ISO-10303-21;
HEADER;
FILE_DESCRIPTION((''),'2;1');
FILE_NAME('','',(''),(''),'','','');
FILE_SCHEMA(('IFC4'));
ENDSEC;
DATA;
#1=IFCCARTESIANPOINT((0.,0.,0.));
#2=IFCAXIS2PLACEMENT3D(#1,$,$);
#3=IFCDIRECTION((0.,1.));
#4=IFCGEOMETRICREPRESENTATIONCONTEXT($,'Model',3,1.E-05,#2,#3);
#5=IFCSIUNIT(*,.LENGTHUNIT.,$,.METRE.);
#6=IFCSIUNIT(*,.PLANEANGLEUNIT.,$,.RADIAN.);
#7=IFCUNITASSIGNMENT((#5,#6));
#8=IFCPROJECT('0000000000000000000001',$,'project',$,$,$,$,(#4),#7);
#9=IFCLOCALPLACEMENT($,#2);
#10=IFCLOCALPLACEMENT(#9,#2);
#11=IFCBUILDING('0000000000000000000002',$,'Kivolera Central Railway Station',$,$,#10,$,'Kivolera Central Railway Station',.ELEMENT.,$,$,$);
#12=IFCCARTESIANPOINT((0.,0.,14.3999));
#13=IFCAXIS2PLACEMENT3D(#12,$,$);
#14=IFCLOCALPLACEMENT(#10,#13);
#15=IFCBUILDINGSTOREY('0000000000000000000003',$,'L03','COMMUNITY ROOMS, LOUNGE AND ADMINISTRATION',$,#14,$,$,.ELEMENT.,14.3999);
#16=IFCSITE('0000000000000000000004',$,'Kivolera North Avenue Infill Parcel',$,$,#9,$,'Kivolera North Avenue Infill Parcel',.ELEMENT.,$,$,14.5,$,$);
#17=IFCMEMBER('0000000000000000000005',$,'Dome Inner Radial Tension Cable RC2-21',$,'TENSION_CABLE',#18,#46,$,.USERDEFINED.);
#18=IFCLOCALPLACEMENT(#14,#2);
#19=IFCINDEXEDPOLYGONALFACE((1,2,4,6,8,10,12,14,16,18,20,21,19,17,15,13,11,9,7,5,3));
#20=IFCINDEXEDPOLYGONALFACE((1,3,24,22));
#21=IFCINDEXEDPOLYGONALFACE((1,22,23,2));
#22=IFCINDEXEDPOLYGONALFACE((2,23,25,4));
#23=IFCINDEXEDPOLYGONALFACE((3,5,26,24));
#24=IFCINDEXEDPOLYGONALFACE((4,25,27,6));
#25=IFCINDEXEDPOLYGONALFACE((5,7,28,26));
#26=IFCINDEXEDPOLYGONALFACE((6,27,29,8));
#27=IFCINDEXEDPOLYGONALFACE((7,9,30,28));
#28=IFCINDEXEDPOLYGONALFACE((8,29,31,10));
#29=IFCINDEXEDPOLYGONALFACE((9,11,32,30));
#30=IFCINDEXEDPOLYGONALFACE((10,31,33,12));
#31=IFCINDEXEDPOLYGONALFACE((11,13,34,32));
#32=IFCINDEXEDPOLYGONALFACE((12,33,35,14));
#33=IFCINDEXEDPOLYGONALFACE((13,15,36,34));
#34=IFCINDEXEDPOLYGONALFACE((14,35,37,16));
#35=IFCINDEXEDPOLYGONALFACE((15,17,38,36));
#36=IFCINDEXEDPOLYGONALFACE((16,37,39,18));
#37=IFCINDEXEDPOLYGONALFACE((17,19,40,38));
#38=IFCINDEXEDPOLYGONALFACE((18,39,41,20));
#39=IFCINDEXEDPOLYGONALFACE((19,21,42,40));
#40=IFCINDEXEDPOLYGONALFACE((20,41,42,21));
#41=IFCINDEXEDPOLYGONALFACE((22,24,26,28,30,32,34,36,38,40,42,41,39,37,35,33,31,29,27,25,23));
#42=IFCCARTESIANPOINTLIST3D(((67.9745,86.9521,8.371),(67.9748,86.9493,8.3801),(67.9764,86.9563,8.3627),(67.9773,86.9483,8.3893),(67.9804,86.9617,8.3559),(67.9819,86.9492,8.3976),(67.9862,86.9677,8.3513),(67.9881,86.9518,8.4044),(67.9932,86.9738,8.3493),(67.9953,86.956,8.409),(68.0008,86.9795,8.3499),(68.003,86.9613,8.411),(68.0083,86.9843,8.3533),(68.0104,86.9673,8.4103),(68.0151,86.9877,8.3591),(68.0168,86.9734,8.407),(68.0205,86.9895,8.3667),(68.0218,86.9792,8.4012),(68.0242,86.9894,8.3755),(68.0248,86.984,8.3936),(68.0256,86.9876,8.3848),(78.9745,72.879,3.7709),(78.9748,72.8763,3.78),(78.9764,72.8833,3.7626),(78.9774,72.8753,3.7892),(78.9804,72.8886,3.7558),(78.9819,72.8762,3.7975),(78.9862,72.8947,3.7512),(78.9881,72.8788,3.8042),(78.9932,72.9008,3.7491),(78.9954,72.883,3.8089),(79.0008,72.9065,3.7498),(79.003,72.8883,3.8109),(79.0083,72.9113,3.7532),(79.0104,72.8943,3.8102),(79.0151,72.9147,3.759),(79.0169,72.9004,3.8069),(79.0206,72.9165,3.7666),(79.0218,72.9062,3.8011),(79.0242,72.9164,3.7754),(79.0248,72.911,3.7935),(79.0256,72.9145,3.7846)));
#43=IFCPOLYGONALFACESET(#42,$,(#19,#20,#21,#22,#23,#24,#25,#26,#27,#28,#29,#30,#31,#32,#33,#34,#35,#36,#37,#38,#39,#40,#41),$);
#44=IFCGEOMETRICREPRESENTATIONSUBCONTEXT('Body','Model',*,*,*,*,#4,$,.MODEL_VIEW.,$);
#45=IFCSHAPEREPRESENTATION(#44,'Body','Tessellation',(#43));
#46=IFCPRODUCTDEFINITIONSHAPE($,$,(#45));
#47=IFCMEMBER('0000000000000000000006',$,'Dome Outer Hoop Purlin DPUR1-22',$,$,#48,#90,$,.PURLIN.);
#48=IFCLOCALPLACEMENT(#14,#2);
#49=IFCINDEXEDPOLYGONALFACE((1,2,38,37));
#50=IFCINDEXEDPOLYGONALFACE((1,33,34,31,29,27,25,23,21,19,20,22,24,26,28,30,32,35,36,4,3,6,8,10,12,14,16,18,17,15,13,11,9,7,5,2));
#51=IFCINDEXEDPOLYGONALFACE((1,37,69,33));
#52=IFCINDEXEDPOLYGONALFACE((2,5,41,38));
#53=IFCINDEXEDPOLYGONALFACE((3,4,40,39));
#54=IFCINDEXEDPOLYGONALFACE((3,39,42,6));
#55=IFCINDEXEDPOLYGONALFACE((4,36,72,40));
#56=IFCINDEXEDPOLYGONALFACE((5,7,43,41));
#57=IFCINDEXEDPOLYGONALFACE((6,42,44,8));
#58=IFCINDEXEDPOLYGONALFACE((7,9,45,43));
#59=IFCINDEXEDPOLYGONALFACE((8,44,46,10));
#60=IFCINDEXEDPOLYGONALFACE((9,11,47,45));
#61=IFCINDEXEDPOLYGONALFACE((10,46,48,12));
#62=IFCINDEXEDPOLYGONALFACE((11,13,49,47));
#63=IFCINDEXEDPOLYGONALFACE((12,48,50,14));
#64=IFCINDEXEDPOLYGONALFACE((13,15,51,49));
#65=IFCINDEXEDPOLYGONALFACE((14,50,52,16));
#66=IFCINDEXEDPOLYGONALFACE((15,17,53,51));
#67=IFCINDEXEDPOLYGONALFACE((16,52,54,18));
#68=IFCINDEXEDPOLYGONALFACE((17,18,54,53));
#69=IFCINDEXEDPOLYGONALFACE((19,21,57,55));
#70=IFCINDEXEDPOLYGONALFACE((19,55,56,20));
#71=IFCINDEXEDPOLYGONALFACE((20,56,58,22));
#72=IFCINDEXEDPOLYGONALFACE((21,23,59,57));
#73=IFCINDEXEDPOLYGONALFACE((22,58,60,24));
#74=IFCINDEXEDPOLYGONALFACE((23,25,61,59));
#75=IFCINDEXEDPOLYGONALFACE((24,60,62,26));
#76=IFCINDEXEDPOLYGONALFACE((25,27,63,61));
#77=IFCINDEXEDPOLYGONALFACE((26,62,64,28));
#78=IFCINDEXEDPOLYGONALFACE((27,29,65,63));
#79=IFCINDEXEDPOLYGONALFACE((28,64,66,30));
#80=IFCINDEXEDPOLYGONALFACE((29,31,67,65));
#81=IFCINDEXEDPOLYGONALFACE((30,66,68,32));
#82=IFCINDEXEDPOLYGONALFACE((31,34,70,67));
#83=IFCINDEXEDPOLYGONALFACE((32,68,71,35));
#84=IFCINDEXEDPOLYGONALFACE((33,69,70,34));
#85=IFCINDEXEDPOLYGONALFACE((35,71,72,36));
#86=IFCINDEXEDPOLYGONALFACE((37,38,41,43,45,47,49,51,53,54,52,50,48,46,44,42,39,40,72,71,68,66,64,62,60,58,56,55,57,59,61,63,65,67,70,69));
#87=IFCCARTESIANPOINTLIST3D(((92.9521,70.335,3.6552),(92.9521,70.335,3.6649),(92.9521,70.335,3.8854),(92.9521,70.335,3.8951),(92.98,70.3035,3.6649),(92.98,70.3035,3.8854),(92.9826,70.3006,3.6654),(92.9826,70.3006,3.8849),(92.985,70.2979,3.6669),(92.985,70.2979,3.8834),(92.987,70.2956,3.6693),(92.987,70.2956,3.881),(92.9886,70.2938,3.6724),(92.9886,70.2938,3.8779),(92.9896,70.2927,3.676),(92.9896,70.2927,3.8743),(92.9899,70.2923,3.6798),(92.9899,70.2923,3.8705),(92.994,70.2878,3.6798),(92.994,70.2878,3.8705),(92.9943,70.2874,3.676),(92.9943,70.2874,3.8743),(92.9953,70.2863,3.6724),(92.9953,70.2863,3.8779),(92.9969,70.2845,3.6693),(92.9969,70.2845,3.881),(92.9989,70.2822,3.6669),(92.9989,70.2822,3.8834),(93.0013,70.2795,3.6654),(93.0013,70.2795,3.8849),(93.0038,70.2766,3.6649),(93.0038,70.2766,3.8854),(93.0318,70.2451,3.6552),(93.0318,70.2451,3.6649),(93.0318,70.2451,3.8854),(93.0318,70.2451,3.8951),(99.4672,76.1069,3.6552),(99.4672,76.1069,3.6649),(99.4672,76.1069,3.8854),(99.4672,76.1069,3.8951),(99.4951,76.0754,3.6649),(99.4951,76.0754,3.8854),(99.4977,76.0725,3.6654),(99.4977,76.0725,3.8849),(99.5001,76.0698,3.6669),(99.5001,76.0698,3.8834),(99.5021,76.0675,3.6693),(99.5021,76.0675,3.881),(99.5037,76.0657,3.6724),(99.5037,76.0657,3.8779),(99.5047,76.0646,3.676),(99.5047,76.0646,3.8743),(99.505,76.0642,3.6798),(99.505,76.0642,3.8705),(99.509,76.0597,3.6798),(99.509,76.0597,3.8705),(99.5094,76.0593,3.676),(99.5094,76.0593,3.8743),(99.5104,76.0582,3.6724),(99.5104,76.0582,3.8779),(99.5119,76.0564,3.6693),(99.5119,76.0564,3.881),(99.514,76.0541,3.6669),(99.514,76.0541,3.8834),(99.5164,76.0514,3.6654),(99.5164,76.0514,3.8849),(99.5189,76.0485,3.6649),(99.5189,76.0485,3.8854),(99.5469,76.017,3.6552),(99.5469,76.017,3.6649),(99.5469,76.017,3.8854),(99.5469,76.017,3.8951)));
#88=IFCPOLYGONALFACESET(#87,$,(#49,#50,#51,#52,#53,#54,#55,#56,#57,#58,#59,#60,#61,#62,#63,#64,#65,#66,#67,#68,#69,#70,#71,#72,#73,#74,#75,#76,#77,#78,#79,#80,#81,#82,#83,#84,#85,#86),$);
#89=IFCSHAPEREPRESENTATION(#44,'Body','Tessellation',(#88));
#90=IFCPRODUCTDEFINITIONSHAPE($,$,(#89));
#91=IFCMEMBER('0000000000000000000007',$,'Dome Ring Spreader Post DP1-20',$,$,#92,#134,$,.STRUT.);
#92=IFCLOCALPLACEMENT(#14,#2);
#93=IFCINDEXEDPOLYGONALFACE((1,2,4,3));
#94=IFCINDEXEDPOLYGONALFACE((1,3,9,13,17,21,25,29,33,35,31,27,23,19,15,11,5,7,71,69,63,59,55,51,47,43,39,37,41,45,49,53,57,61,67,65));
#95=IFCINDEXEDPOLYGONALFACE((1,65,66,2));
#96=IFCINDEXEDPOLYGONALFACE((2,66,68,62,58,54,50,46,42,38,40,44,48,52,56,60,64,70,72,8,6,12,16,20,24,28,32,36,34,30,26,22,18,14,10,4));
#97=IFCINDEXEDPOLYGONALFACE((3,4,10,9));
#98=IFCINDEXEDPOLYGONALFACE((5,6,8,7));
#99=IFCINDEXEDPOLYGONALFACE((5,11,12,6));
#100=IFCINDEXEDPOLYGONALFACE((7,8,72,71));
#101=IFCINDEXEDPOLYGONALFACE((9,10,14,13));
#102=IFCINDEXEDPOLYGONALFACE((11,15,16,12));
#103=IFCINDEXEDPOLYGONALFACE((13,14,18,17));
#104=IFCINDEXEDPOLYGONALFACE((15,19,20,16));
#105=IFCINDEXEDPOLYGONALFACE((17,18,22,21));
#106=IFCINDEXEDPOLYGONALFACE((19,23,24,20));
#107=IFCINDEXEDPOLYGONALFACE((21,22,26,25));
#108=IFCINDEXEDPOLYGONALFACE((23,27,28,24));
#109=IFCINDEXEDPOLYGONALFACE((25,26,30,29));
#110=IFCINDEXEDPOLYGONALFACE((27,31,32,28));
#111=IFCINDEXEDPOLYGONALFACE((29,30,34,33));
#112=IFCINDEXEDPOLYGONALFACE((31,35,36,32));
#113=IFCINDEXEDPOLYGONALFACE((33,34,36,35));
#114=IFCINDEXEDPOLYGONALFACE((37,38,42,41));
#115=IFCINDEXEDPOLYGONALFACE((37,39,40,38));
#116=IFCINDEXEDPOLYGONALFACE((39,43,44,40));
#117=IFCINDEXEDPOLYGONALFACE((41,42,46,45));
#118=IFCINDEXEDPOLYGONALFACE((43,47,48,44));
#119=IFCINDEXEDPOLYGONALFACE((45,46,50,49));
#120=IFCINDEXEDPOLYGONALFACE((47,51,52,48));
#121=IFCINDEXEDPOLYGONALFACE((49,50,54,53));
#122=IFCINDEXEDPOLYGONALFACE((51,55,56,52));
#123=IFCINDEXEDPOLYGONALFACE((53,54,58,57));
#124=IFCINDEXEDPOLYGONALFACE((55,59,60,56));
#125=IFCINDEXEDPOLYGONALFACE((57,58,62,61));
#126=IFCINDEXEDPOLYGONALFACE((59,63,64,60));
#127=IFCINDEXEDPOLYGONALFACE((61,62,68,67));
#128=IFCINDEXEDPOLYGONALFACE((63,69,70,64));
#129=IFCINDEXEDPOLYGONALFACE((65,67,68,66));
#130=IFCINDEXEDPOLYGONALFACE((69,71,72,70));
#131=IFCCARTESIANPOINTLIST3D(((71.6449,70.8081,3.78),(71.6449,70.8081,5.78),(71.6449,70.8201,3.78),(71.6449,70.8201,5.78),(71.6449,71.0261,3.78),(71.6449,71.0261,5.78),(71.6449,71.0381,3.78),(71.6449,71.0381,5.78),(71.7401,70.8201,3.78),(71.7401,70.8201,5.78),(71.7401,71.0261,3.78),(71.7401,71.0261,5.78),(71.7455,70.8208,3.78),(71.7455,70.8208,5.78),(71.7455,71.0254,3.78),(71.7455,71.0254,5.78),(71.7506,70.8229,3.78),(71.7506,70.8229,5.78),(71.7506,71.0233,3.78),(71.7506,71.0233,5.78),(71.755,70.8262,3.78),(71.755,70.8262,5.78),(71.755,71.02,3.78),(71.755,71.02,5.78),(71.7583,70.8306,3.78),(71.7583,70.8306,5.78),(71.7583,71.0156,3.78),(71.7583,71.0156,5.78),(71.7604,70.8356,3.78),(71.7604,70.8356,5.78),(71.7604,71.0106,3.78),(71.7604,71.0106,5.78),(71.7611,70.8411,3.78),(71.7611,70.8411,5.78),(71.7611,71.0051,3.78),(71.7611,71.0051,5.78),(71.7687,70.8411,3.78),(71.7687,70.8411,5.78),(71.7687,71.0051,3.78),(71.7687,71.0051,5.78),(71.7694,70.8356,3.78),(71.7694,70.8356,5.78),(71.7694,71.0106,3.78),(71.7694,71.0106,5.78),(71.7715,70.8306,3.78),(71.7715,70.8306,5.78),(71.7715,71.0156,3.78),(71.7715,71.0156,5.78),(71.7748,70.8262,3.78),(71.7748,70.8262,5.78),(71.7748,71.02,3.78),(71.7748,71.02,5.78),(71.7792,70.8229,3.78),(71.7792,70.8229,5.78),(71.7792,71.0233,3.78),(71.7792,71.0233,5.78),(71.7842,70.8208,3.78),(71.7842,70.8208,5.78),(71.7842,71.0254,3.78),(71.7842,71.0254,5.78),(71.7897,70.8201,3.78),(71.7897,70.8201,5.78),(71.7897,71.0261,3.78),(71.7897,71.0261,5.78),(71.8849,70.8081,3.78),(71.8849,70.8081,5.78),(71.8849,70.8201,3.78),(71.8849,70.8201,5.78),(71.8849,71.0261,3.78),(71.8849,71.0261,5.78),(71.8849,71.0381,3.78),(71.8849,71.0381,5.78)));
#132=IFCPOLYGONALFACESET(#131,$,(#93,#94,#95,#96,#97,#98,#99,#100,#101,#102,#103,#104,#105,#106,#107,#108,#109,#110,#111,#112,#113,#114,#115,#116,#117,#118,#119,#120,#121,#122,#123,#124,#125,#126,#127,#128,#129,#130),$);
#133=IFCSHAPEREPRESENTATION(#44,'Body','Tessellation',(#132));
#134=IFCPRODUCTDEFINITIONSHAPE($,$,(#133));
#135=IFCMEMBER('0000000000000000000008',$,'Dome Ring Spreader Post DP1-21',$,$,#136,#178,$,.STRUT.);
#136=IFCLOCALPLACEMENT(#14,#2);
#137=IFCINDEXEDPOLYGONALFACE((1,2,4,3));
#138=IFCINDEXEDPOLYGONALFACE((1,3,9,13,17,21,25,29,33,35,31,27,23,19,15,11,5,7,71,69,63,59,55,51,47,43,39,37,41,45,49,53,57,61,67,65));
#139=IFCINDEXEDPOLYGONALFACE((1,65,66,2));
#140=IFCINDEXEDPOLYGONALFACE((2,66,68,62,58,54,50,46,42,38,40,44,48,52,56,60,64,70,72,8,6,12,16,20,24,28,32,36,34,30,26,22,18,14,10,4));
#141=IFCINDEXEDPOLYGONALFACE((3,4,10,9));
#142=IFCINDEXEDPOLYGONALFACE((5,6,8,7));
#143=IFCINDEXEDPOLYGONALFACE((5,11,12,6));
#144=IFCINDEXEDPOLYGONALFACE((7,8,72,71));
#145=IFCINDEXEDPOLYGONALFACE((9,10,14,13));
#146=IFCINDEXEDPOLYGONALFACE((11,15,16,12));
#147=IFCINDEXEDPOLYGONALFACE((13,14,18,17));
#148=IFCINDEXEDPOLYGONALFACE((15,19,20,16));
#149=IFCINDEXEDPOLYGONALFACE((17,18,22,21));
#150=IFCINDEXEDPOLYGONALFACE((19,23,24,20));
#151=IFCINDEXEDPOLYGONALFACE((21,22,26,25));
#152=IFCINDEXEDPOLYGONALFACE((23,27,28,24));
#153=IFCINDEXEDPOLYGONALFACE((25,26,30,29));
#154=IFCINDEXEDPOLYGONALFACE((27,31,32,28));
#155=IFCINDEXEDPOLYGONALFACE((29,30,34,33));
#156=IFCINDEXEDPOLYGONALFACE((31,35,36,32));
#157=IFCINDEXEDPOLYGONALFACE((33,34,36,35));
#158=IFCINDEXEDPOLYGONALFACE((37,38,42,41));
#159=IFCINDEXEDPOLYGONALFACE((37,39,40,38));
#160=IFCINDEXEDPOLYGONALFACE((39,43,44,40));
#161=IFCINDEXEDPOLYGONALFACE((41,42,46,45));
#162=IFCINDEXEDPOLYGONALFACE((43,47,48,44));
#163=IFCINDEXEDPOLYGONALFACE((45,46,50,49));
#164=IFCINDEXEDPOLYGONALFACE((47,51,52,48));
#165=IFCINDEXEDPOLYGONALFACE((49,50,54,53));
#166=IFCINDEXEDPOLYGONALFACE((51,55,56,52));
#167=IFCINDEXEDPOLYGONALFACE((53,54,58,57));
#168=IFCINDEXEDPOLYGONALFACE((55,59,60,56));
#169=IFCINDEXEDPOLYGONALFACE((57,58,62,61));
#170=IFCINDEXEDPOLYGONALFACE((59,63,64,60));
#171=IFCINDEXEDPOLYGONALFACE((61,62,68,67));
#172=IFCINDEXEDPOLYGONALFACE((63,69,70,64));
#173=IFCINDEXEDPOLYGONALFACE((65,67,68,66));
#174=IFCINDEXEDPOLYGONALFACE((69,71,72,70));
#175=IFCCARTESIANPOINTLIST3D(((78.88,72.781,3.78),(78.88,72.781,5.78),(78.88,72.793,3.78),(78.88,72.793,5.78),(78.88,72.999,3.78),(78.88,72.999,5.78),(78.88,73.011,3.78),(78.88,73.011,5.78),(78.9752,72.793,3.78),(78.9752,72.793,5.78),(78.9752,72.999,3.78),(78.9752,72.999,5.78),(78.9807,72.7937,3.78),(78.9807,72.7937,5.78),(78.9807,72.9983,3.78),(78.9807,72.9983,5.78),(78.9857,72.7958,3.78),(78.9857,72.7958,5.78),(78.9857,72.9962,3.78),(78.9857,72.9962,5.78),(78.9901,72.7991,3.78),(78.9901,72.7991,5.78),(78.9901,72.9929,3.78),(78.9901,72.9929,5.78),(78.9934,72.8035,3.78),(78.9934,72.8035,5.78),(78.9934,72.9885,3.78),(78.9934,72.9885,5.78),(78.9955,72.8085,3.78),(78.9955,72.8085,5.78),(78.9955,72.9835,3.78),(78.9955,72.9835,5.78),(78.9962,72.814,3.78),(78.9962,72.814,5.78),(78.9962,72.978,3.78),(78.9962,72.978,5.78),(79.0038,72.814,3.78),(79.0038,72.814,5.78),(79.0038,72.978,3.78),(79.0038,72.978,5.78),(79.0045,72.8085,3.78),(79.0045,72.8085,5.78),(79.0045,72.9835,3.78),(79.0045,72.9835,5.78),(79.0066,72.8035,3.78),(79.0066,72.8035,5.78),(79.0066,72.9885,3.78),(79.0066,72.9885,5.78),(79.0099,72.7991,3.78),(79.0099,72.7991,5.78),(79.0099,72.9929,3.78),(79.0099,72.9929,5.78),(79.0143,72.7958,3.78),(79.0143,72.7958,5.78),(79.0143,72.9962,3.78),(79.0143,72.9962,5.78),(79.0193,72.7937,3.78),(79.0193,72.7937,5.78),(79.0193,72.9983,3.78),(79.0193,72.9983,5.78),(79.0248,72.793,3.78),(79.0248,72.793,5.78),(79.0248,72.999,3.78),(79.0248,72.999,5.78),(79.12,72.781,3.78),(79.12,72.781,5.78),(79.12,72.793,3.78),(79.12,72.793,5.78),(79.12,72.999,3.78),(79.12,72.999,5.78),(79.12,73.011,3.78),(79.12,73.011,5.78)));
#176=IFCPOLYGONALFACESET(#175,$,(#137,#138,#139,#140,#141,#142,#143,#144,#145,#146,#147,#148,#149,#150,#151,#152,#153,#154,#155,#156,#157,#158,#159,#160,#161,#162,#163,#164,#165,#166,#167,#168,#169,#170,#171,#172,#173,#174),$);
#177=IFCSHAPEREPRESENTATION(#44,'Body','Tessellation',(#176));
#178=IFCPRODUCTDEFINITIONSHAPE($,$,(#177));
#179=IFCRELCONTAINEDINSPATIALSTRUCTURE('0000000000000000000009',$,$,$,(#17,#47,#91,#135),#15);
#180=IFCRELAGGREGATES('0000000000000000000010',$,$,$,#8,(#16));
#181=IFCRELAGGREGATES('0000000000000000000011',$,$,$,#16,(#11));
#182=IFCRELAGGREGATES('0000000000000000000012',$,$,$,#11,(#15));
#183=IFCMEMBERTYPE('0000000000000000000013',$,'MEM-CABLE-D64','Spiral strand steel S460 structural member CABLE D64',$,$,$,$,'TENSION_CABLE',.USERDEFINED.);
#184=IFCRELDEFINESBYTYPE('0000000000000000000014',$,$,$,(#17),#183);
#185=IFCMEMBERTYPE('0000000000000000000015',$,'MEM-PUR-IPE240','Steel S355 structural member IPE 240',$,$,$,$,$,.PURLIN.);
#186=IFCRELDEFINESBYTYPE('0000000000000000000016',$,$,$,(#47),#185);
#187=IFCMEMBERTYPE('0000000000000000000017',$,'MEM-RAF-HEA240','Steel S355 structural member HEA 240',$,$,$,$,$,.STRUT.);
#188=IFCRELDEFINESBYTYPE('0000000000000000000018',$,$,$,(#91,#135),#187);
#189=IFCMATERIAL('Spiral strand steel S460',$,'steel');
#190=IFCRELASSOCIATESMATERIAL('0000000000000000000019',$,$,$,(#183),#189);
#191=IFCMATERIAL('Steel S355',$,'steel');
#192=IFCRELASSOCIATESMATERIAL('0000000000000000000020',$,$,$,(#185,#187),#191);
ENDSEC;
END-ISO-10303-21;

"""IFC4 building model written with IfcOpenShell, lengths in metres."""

from ifc_helpers import new_model, si_unit, direction, frame, origin, origin_2d, place, context, subcontext, project, spatial, circle, i_section, extrude, material, material_profile, profile_set, type_object, element, save


model = new_model("IFC4")

# Units and contexts
model_context = context("Model", 3, precision=1e-05, world=origin(), true_north=direction((0.0, 1.0)))
body_context = subcontext(model_context, "Body", "Model", "MODEL_VIEW")
ifc_project = project(units=[si_unit("LENGTHUNIT", "METRE"), si_unit("PLANEANGLEUNIT", "RADIAN")], contexts=[model_context])

# Site, building, storey
site_placement = place(None, origin())
site = spatial("IfcSite", under=ifc_project, at=site_placement, Name="Kivolera North Avenue Infill Parcel", LongName="Kivolera North Avenue Infill Parcel", CompositionType="ELEMENT", RefElevation=14.5)
building_placement = place(site_placement, origin())
building = spatial("IfcBuilding", under=site, at=building_placement, Name="Kivolera Central Railway Station", LongName="Kivolera Central Railway Station", CompositionType="ELEMENT")
storey_placement = place(building_placement, frame((0.0, 0.0, 14.3999)))
storey = spatial("IfcBuildingStorey", under=building, at=storey_placement, Name="L03", Description="COMMUNITY ROOMS, LOUNGE AND ADMINISTRATION", CompositionType="ELEMENT", Elevation=14.3999)

# Shared definitions
ifc_material_1 = material(Name="Steel S355", Category="steel")

# Members
ifc_material_2 = material(Name="Spiral strand steel S460", Category="steel")
ifc_material_profile_1 = material_profile(ifc_material_2, circle(Radius=0.032, at=origin_2d()), Name="CABLE D64")
ifc_profile_set_1 = profile_set([ifc_material_profile_1], Name="Spiral strand steel S460")
member_type_1 = type_object("IfcMemberType", Name="MEM-CABLE-D64", Description="Spiral strand steel S460 structural member CABLE D64", ElementType="TENSION_CABLE", PredefinedType="USERDEFINED", material=ifc_profile_set_1)
member_1_placement = place(storey_placement, frame((79.0, 72.896, 3.78), z_axis=(-0.596374, 0.76298, 0.249398), x_axis=(-0.787876, -0.615834, 0.0)))
element("IfcMember", 1, at=member_1_placement, inside=storey, type_object=member_type_1, Name="Dome Inner Radial Tension Cable RC2-21", ObjectType="TENSION_CABLE", PredefinedType="USERDEFINED", context=body_context, shape_type="SweptSolid", body=[
    extrude(circle(Radius=0.032, at=origin_2d()), origin(), (0.0, 0.0, 1.0), 18.4448),
])
ifc_material_profile_2 = material_profile(ifc_material_1, i_section(OverallWidth=0.1201, OverallDepth=0.24, WebThickness=0.0061, FlangeThickness=0.0098, FilletRadius=0.0149, at=origin_2d()), Name="IPE 240")
ifc_profile_set_2 = profile_set([ifc_material_profile_2], Name="Steel S355")
member_type_2 = type_object("IfcMemberType", Name="MEM-PUR-IPE240", Description="Steel S355 structural member IPE 240", PredefinedType="PURLIN", material=ifc_profile_set_2)
member_2_placement = place(storey_placement, frame((92.9919, 70.29, 3.7751), z_axis=(0.748507, 0.663127, 0.0), x_axis=(-0.663127, 0.748507, 0.0)))
element("IfcMember", 2, at=member_2_placement, inside=storey, type_object=member_type_2, Name="Dome Outer Hoop Purlin DPUR1-22", PredefinedType="PURLIN", context=body_context, shape_type="SweptSolid", body=[
    extrude(i_section(OverallWidth=0.1201, OverallDepth=0.24, WebThickness=0.0061, FlangeThickness=0.0098, FilletRadius=0.0149, at=origin_2d()), origin(), (0.0, 0.0, 1.0), 8.7041),
])
ifc_material_profile_3 = material_profile(ifc_material_1, i_section(OverallWidth=0.24, OverallDepth=0.23, WebThickness=0.0076, FlangeThickness=0.012, FilletRadius=0.021, at=origin_2d()), Name="HEA 240")
ifc_profile_set_3 = profile_set([ifc_material_profile_3], Name="Steel S355")
member_type_3 = type_object("IfcMemberType", Name="MEM-RAF-HEA240", Description="Steel S355 structural member HEA 240", PredefinedType="STRUT", material=ifc_profile_set_3)
for number, where, z_axis, x_axis, name in (
    (3, (71.7649, 70.9231, 3.78), (0.0, 0.0, 1.0), (1.0, 0.0, 0.0), "Dome Ring Spreader Post DP1-20"),
    (4, (79.0, 72.896, 3.78), (0.0, 0.0, 1.0), (1.0, 0.0, 0.0), "Dome Ring Spreader Post DP1-21"),
):
    element("IfcMember", number, at=place(storey_placement, frame(where, z_axis=z_axis, x_axis=x_axis)), inside=storey, type_object=member_type_3, Name=name, PredefinedType="STRUT", context=body_context, shape_type="SweptSolid", body=[
        extrude(i_section(OverallWidth=0.24, OverallDepth=0.23, WebThickness=0.0076, FlangeThickness=0.012, FilletRadius=0.021, at=origin_2d()), origin(), (0.0, 0.0, 1.0), 2.0),
    ])

save(model, "model.ifc")
